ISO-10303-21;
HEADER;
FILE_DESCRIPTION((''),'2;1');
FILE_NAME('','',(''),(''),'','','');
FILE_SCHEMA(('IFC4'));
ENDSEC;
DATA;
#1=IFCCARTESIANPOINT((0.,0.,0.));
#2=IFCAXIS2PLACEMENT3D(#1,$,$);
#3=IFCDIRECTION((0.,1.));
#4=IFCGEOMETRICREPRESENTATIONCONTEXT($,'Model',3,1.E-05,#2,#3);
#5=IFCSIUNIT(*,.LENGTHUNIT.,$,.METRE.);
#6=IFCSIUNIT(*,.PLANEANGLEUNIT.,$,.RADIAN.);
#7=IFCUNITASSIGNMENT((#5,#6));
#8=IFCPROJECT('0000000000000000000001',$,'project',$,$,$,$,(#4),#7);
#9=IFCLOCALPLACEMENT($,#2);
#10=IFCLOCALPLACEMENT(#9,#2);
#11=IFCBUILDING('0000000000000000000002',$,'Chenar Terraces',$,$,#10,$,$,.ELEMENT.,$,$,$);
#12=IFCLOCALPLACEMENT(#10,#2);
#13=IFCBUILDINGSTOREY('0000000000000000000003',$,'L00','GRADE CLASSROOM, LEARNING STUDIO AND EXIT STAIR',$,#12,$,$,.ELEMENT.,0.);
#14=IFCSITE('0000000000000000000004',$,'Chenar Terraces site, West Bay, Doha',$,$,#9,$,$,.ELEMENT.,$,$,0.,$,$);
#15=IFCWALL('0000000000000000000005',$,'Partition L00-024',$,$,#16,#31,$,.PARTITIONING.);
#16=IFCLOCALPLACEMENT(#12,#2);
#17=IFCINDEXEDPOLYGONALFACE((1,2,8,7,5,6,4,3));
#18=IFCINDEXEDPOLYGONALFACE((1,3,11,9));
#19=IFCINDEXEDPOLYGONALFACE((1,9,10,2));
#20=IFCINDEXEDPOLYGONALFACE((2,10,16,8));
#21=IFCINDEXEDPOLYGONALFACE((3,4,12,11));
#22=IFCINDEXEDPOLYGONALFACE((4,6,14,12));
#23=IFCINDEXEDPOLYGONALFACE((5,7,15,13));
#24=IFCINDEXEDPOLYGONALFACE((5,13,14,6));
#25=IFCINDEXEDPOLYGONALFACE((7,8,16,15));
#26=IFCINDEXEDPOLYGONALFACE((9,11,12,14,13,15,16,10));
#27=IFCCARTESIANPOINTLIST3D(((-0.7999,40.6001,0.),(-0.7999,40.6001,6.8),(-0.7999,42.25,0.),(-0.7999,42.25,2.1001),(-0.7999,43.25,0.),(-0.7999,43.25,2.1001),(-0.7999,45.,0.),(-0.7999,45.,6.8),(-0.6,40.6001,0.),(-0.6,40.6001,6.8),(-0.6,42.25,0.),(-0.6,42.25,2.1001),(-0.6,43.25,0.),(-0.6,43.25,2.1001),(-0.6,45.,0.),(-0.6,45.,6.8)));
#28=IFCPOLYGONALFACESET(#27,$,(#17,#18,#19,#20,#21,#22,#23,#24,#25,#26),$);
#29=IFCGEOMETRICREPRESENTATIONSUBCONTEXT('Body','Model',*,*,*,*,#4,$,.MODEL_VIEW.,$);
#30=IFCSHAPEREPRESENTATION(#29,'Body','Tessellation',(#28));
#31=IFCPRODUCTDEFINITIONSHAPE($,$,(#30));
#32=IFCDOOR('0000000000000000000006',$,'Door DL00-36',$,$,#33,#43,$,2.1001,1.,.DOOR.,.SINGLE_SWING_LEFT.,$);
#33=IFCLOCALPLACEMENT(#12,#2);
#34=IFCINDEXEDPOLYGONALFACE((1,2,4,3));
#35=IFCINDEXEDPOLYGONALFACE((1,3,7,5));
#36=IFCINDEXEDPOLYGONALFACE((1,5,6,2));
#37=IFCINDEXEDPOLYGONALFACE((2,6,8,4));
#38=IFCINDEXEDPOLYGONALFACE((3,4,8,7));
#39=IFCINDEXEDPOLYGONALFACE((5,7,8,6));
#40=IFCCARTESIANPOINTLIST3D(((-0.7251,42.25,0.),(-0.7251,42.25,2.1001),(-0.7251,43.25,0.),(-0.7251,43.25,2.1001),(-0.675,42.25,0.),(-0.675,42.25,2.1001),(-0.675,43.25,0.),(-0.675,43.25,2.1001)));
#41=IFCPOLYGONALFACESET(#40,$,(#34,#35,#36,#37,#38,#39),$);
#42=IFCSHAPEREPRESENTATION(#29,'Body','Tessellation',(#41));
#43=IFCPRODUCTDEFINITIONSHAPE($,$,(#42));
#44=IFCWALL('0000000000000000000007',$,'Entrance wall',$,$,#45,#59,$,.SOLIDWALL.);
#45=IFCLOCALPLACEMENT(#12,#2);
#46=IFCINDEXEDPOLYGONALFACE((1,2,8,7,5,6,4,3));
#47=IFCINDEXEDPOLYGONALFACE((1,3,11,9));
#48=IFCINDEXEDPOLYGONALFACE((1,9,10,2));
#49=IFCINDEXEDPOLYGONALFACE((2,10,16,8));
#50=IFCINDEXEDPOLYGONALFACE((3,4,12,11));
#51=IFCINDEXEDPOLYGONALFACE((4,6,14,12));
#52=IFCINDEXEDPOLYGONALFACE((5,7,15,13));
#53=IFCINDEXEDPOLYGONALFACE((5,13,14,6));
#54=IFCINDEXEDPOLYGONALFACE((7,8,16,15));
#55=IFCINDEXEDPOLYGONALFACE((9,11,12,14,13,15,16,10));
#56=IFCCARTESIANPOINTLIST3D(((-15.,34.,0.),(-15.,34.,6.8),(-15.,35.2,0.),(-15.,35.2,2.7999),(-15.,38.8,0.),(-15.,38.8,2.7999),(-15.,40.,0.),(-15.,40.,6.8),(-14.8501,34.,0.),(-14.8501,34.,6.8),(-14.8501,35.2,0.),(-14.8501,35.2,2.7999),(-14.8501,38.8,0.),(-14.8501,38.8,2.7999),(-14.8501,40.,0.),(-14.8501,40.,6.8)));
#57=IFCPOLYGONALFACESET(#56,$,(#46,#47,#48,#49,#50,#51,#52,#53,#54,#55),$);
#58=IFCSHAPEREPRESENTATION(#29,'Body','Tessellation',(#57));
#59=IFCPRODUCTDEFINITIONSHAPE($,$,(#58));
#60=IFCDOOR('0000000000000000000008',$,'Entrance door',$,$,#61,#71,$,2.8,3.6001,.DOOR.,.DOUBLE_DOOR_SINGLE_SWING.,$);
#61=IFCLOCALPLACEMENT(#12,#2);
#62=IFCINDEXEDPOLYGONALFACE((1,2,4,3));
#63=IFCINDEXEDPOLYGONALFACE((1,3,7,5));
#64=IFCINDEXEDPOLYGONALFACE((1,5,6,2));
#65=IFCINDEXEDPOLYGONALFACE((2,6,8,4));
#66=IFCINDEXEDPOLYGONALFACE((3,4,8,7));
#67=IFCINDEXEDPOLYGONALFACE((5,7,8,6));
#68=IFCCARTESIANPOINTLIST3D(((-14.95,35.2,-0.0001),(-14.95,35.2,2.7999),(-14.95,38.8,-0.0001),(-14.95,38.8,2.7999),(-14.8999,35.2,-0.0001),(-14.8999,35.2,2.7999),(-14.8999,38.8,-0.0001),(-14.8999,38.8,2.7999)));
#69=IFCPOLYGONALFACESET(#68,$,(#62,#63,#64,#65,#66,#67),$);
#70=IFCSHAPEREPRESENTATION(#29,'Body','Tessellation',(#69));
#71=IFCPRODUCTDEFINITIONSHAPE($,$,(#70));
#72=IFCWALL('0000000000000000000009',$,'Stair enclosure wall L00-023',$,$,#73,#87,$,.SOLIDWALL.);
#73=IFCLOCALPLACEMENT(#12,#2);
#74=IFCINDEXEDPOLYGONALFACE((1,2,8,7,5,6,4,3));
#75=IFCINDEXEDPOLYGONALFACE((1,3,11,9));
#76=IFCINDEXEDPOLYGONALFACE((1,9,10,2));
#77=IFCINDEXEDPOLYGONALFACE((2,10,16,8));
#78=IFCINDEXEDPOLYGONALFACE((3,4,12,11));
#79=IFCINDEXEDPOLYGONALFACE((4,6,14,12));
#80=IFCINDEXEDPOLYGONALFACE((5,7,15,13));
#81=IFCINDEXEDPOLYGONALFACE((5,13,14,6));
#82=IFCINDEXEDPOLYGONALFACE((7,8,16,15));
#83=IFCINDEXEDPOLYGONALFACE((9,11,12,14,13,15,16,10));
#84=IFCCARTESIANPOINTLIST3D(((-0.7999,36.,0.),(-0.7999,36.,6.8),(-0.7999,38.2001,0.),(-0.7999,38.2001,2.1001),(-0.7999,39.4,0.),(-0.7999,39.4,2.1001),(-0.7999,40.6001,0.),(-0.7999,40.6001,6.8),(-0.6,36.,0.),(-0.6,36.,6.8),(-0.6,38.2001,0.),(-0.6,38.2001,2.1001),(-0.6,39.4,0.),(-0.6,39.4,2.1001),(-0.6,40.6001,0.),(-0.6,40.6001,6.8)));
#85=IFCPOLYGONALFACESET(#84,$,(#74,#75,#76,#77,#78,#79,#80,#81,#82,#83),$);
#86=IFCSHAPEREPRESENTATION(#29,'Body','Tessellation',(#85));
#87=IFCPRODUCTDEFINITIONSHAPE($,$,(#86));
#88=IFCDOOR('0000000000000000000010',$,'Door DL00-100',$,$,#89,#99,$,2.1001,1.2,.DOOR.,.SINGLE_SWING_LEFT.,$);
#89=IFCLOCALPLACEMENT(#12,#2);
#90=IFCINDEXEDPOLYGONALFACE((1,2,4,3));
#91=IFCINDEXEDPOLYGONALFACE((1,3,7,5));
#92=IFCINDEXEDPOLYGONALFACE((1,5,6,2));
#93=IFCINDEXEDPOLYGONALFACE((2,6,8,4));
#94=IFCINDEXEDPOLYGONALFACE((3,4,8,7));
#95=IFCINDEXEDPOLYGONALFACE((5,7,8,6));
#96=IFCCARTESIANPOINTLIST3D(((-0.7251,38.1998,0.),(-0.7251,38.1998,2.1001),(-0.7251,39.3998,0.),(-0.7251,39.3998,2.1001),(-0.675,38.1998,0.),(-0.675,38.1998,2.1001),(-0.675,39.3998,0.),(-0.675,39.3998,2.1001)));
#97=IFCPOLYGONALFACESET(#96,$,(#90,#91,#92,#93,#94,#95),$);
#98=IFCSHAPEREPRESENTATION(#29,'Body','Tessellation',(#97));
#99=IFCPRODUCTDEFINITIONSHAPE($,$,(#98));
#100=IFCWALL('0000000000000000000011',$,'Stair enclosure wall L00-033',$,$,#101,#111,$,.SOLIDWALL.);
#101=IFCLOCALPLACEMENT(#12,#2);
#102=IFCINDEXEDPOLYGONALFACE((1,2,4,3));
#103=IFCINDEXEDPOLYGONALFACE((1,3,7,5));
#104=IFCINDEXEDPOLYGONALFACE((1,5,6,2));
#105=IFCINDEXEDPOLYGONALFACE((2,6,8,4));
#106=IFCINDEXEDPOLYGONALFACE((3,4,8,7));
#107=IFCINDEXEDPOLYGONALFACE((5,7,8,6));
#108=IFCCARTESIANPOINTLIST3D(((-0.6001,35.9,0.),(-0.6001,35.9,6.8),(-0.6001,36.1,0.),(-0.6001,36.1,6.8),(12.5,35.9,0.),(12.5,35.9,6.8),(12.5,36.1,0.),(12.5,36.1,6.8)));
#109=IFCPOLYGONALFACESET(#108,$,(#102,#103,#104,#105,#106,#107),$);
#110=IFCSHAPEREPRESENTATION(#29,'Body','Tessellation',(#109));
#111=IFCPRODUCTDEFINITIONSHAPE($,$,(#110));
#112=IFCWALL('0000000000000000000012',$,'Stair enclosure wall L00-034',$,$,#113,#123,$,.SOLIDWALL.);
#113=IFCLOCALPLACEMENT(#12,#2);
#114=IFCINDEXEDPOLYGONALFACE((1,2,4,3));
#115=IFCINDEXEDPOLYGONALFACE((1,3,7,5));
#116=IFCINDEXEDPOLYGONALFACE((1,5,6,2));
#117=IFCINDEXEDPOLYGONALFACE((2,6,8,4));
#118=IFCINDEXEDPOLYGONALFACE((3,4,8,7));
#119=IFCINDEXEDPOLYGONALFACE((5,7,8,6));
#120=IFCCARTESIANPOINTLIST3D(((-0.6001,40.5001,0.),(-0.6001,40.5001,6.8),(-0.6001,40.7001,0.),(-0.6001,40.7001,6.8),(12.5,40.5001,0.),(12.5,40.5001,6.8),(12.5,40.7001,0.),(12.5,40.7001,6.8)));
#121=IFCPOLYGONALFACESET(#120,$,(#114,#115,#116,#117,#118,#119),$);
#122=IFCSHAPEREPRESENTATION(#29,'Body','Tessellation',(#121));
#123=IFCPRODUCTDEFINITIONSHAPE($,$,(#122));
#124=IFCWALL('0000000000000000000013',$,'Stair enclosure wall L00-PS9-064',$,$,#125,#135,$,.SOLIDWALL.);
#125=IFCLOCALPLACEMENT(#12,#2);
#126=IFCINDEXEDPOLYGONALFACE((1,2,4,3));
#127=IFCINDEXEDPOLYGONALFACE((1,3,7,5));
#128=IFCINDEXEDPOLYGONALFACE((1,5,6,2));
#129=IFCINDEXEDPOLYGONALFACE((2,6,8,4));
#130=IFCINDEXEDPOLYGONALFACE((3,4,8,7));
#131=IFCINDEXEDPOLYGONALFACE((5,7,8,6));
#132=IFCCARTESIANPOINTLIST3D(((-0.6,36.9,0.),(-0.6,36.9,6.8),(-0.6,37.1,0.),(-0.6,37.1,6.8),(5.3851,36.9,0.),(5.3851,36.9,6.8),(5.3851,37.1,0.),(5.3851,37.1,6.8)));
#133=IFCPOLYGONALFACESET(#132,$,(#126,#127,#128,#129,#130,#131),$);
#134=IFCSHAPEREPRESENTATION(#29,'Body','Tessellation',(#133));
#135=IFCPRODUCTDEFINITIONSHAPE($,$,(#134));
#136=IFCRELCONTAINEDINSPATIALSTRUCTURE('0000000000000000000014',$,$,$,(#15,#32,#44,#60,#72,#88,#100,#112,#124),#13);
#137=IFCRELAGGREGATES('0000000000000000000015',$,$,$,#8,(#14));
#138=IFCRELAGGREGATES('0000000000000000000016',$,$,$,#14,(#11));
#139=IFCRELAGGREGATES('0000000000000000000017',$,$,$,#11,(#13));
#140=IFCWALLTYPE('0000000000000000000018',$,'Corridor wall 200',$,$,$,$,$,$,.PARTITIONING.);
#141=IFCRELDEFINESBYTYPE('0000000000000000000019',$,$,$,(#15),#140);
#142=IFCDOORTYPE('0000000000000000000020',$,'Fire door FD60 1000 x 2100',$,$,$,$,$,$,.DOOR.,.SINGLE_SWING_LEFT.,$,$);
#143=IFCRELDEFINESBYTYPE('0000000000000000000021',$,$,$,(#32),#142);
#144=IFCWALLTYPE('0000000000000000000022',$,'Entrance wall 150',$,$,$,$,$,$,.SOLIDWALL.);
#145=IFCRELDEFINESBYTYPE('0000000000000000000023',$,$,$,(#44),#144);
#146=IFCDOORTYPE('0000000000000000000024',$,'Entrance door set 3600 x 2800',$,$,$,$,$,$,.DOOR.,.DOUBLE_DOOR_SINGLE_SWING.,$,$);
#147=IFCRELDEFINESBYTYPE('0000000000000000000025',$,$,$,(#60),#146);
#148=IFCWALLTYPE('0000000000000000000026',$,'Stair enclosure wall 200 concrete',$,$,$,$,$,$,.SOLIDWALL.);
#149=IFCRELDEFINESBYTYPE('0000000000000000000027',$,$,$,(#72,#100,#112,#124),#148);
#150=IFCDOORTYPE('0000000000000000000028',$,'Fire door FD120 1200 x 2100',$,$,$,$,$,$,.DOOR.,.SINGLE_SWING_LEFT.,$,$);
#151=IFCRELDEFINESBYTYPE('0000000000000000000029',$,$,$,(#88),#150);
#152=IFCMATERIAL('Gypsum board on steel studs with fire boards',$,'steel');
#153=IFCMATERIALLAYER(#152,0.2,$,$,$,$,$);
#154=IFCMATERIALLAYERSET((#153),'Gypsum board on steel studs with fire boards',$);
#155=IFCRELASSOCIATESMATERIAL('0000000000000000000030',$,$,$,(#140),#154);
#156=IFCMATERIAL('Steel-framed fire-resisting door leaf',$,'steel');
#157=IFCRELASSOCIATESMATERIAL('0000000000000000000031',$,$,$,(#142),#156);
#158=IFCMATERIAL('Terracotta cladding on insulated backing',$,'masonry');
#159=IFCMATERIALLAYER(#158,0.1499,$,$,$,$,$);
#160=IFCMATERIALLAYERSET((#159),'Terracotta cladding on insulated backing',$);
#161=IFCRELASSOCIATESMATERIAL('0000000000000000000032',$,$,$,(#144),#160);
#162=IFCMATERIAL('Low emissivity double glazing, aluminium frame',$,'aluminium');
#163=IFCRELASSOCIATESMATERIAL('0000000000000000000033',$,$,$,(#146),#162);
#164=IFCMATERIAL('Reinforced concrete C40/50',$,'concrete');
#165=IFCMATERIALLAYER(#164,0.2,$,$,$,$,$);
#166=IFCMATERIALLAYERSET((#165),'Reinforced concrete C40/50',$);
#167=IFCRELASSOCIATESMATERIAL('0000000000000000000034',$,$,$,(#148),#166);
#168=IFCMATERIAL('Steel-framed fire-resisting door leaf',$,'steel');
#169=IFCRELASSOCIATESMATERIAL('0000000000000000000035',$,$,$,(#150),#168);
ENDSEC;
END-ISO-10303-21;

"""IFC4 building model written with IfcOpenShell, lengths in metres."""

from ifc_helpers import new_model, si_unit, direction, frame, frame_2d, origin, place, context, subcontext, project, spatial, rectangle, extrude, material, layer, layer_set, type_object, element, fill, save


model = new_model("IFC4")

# Units and contexts
model_context = context("Model", 3, precision=1e-05, world=origin(), true_north=direction((0.0, 1.0)))
body_context = subcontext(model_context, "Body", "Model", "MODEL_VIEW")
ifc_project = project(units=[si_unit("LENGTHUNIT", "METRE"), si_unit("PLANEANGLEUNIT", "RADIAN")], contexts=[model_context])

# Site, building, storey
site_placement = place(None, origin())
site = spatial("IfcSite", under=ifc_project, at=site_placement, Name="Chenar Terraces site, West Bay, Doha", CompositionType="ELEMENT", RefElevation=0.0)
building_placement = place(site_placement, origin())
building = spatial("IfcBuilding", under=site, at=building_placement, Name="Chenar Terraces", CompositionType="ELEMENT")
storey_placement = place(building_placement, origin())
storey = spatial("IfcBuildingStorey", under=building, at=storey_placement, Name="L00", Description="GRADE CLASSROOM, LEARNING STUDIO AND EXIT STAIR", CompositionType="ELEMENT", Elevation=0.0)

# Shared definitions
ifc_material_1 = material(Name="Gypsum board on steel studs with fire boards", Category="steel")
ifc_layer_1 = layer(ifc_material_1, 0.2)
ifc_layer_set_1 = layer_set([ifc_layer_1], Name="Gypsum board on steel studs with fire boards")
wall_type_1 = type_object("IfcWallType", Name="Corridor wall 200", PredefinedType="PARTITIONING", material=ifc_layer_set_1)

# Walls, openings, doors
wall_1_placement = place(storey_placement, frame((-0.7, 40.6001, 0.0), z_axis=(0.0, 0.0, 1.0), x_axis=(0.0, 1.0, 0.0)))
wall_1 = element("IfcWall", 1, at=wall_1_placement, inside=storey, type_object=wall_type_1, Name="Partition L00-024", PredefinedType="PARTITIONING", context=body_context, shape_type="SweptSolid", body=[
    extrude(rectangle(XDim=4.3999, YDim=0.2, at=frame_2d((2.2, 0.0))), origin(), (0.0, 0.0, 1.0), 6.8),
])
opening_1_placement = place(wall_1_placement, frame((1.6499, 0.0, 0.0)))
opening_1 = element("IfcOpeningElement", 2, at=opening_1_placement, cuts=wall_1, PredefinedType="OPENING", context=body_context, shape_type="SweptSolid", body=[
    extrude(rectangle(XDim=1.0, YDim=2.1001, at=frame_2d((0.5, 1.05))), frame((0.0, 0.1099, 0.0), z_axis=(0.0, -1.0, 0.0), x_axis=(1.0, 0.0, 0.0)), (0.0, 0.0, 1.0), 0.22),
])
ifc_material_2 = material(Name="Steel-framed fire-resisting door leaf", Category="steel")
door_type_1 = type_object("IfcDoorType", Name="Fire door FD60 1000 x 2100", OperationType="SINGLE_SWING_LEFT", PredefinedType="DOOR", material=ifc_material_2)
door_1_placement = place(opening_1_placement, frame((1.0, 0.0, 0.0), z_axis=(0.0, 0.0, 1.0), x_axis=(-1.0, 0.0, 0.0)))
door_1 = element("IfcDoor", 3, at=door_1_placement, inside=storey, type_object=door_type_1, Name="Door DL00-36", OperationType="SINGLE_SWING_LEFT", OverallHeight=2.1001, OverallWidth=1.0, PredefinedType="DOOR", context=body_context, shape_type="SweptSolid", body=[
    extrude(rectangle(XDim=1.0, YDim=2.1001, at=frame_2d((0.5, 1.05))), frame((0.0, 0.0249, 0.0), z_axis=(0.0, -1.0, 0.0), x_axis=(1.0, 0.0, 0.0)), (0.0, 0.0, 1.0), 0.05),
])
fill(opening_1, door_1)
ifc_material_3 = material(Name="Terracotta cladding on insulated backing", Category="masonry")
ifc_layer_2 = layer(ifc_material_3, 0.1499)
ifc_layer_set_2 = layer_set([ifc_layer_2], Name="Terracotta cladding on insulated backing")
wall_type_2 = type_object("IfcWallType", Name="Entrance wall 150", PredefinedType="SOLIDWALL", material=ifc_layer_set_2)
wall_2_placement = place(storey_placement, frame((-14.925, 40.0, 0.0), z_axis=(0.0, 0.0, 1.0), x_axis=(0.0, -1.0, 0.0)))
wall_2 = element("IfcWall", 4, at=wall_2_placement, inside=storey, type_object=wall_type_2, Name="Entrance wall", PredefinedType="SOLIDWALL", context=body_context, shape_type="SweptSolid", body=[
    extrude(rectangle(XDim=6.0, YDim=0.1499, at=frame_2d((3.0, 0.0))), origin(), (0.0, 0.0, 1.0), 6.8),
])
opening_2_placement = place(wall_2_placement, frame((1.2, 0.0, 0.0)))
opening_2 = element("IfcOpeningElement", 5, at=opening_2_placement, cuts=wall_2, PredefinedType="OPENING", context=body_context, shape_type="SweptSolid", body=[
    extrude(rectangle(XDim=3.6001, YDim=2.8, at=frame_2d((1.8, 1.3999))), frame((0.0, 0.085, 0.0), z_axis=(0.0, -1.0, 0.0), x_axis=(1.0, 0.0, 0.0)), (0.0, 0.0, 1.0), 0.1699),
])
ifc_material_4 = material(Name="Low emissivity double glazing, aluminium frame", Category="aluminium")
door_type_2 = type_object("IfcDoorType", Name="Entrance door set 3600 x 2800", OperationType="DOUBLE_DOOR_SINGLE_SWING", PredefinedType="DOOR", material=ifc_material_4)
door_2_placement = place(opening_2_placement, frame((3.6001, 0.0, 0.0), z_axis=(0.0, 0.0, 1.0), x_axis=(-1.0, 0.0, 0.0)))
door_2 = element("IfcDoor", 6, at=door_2_placement, inside=storey, type_object=door_type_2, Name="Entrance door", OperationType="DOUBLE_DOOR_SINGLE_SWING", OverallHeight=2.8, OverallWidth=3.6001, PredefinedType="DOOR", context=body_context, shape_type="SweptSolid", body=[
    extrude(rectangle(XDim=3.6001, YDim=2.8, at=frame_2d((1.8, 1.3999))), frame((0.0, 0.0249, 0.0), z_axis=(0.0, -1.0, 0.0), x_axis=(1.0, 0.0, 0.0)), (0.0, 0.0, 1.0), 0.05),
])
fill(opening_2, door_2)
ifc_material_5 = material(Name="Reinforced concrete C40/50", Category="concrete")
ifc_layer_3 = layer(ifc_material_5, 0.2)
ifc_layer_set_3 = layer_set([ifc_layer_3], Name="Reinforced concrete C40/50")
wall_type_3 = type_object("IfcWallType", Name="Stair enclosure wall 200 concrete", PredefinedType="SOLIDWALL", material=ifc_layer_set_3)
wall_3_placement = place(storey_placement, frame((-0.7, 36.0, 0.0), z_axis=(0.0, 0.0, 1.0), x_axis=(0.0, 1.0, 0.0)))
wall_3 = element("IfcWall", 7, at=wall_3_placement, inside=storey, type_object=wall_type_3, Name="Stair enclosure wall L00-023", PredefinedType="SOLIDWALL", context=body_context, shape_type="SweptSolid", body=[
    extrude(rectangle(XDim=4.6001, YDim=0.2, at=frame_2d((2.3, 0.0))), origin(), (0.0, 0.0, 1.0), 6.8),
])
opening_3_placement = place(wall_3_placement, frame((2.2, 0.0, 0.0)))
opening_3 = element("IfcOpeningElement", 8, at=opening_3_placement, cuts=wall_3, PredefinedType="OPENING", context=body_context, shape_type="SweptSolid", body=[
    extrude(rectangle(XDim=1.2, YDim=2.1001, at=frame_2d((0.6001, 1.05))), frame((0.0, 0.1099, 0.0), z_axis=(0.0, -1.0, 0.0), x_axis=(1.0, 0.0, 0.0)), (0.0, 0.0, 1.0), 0.22),
])
ifc_material_6 = material(Name="Steel-framed fire-resisting door leaf", Category="steel")
door_type_3 = type_object("IfcDoorType", Name="Fire door FD120 1200 x 2100", OperationType="SINGLE_SWING_LEFT", PredefinedType="DOOR", material=ifc_material_6)
door_3_placement = place(opening_3_placement, frame((1.2, 0.0, 0.0), z_axis=(0.0, 0.0, 1.0), x_axis=(-1.0, 0.0, 0.0)))
door_3 = element("IfcDoor", 9, at=door_3_placement, inside=storey, type_object=door_type_3, Name="Door DL00-100", OperationType="SINGLE_SWING_LEFT", OverallHeight=2.1001, OverallWidth=1.2, PredefinedType="DOOR", context=body_context, shape_type="SweptSolid", body=[
    extrude(rectangle(XDim=1.2, YDim=2.1001, at=frame_2d((0.6001, 1.05))), frame((0.0, 0.0249, 0.0), z_axis=(0.0, -1.0, 0.0), x_axis=(1.0, 0.0, 0.0)), (0.0, 0.0, 1.0), 0.05),
])
fill(opening_3, door_3)

# Walls
for number, where, z_axis, x_axis, name in (
    (10, (-0.6001, 36.0, 0.0), (0.0, 0.0, 1.0), (1.0, 0.0, 0.0), "Stair enclosure wall L00-033"),
    (11, (-0.6001, 40.6001, 0.0), (0.0, 0.0, 1.0), (1.0, 0.0, 0.0), "Stair enclosure wall L00-034"),
):
    element("IfcWall", number, at=place(storey_placement, frame(where, z_axis=z_axis, x_axis=x_axis)), inside=storey, type_object=wall_type_3, Name=name, PredefinedType="SOLIDWALL", context=body_context, shape_type="SweptSolid", body=[
        extrude(rectangle(XDim=13.1001, YDim=0.2, at=frame_2d((6.55, 0.0))), origin(), (0.0, 0.0, 1.0), 6.8),
    ])
wall_4_placement = place(storey_placement, frame((-0.6001, 37.0, 0.0), z_axis=(0.0, 0.0, 1.0), x_axis=(1.0, 0.0, 0.0)))
element("IfcWall", 12, at=wall_4_placement, inside=storey, type_object=wall_type_3, Name="Stair enclosure wall L00-PS9-064", PredefinedType="SOLIDWALL", context=body_context, shape_type="SweptSolid", body=[
    extrude(rectangle(XDim=5.9851, YDim=0.2, at=frame_2d((2.9927, 0.0))), origin(), (0.0, 0.0, 1.0), 6.8),
])

save(model, "model.ifc")
